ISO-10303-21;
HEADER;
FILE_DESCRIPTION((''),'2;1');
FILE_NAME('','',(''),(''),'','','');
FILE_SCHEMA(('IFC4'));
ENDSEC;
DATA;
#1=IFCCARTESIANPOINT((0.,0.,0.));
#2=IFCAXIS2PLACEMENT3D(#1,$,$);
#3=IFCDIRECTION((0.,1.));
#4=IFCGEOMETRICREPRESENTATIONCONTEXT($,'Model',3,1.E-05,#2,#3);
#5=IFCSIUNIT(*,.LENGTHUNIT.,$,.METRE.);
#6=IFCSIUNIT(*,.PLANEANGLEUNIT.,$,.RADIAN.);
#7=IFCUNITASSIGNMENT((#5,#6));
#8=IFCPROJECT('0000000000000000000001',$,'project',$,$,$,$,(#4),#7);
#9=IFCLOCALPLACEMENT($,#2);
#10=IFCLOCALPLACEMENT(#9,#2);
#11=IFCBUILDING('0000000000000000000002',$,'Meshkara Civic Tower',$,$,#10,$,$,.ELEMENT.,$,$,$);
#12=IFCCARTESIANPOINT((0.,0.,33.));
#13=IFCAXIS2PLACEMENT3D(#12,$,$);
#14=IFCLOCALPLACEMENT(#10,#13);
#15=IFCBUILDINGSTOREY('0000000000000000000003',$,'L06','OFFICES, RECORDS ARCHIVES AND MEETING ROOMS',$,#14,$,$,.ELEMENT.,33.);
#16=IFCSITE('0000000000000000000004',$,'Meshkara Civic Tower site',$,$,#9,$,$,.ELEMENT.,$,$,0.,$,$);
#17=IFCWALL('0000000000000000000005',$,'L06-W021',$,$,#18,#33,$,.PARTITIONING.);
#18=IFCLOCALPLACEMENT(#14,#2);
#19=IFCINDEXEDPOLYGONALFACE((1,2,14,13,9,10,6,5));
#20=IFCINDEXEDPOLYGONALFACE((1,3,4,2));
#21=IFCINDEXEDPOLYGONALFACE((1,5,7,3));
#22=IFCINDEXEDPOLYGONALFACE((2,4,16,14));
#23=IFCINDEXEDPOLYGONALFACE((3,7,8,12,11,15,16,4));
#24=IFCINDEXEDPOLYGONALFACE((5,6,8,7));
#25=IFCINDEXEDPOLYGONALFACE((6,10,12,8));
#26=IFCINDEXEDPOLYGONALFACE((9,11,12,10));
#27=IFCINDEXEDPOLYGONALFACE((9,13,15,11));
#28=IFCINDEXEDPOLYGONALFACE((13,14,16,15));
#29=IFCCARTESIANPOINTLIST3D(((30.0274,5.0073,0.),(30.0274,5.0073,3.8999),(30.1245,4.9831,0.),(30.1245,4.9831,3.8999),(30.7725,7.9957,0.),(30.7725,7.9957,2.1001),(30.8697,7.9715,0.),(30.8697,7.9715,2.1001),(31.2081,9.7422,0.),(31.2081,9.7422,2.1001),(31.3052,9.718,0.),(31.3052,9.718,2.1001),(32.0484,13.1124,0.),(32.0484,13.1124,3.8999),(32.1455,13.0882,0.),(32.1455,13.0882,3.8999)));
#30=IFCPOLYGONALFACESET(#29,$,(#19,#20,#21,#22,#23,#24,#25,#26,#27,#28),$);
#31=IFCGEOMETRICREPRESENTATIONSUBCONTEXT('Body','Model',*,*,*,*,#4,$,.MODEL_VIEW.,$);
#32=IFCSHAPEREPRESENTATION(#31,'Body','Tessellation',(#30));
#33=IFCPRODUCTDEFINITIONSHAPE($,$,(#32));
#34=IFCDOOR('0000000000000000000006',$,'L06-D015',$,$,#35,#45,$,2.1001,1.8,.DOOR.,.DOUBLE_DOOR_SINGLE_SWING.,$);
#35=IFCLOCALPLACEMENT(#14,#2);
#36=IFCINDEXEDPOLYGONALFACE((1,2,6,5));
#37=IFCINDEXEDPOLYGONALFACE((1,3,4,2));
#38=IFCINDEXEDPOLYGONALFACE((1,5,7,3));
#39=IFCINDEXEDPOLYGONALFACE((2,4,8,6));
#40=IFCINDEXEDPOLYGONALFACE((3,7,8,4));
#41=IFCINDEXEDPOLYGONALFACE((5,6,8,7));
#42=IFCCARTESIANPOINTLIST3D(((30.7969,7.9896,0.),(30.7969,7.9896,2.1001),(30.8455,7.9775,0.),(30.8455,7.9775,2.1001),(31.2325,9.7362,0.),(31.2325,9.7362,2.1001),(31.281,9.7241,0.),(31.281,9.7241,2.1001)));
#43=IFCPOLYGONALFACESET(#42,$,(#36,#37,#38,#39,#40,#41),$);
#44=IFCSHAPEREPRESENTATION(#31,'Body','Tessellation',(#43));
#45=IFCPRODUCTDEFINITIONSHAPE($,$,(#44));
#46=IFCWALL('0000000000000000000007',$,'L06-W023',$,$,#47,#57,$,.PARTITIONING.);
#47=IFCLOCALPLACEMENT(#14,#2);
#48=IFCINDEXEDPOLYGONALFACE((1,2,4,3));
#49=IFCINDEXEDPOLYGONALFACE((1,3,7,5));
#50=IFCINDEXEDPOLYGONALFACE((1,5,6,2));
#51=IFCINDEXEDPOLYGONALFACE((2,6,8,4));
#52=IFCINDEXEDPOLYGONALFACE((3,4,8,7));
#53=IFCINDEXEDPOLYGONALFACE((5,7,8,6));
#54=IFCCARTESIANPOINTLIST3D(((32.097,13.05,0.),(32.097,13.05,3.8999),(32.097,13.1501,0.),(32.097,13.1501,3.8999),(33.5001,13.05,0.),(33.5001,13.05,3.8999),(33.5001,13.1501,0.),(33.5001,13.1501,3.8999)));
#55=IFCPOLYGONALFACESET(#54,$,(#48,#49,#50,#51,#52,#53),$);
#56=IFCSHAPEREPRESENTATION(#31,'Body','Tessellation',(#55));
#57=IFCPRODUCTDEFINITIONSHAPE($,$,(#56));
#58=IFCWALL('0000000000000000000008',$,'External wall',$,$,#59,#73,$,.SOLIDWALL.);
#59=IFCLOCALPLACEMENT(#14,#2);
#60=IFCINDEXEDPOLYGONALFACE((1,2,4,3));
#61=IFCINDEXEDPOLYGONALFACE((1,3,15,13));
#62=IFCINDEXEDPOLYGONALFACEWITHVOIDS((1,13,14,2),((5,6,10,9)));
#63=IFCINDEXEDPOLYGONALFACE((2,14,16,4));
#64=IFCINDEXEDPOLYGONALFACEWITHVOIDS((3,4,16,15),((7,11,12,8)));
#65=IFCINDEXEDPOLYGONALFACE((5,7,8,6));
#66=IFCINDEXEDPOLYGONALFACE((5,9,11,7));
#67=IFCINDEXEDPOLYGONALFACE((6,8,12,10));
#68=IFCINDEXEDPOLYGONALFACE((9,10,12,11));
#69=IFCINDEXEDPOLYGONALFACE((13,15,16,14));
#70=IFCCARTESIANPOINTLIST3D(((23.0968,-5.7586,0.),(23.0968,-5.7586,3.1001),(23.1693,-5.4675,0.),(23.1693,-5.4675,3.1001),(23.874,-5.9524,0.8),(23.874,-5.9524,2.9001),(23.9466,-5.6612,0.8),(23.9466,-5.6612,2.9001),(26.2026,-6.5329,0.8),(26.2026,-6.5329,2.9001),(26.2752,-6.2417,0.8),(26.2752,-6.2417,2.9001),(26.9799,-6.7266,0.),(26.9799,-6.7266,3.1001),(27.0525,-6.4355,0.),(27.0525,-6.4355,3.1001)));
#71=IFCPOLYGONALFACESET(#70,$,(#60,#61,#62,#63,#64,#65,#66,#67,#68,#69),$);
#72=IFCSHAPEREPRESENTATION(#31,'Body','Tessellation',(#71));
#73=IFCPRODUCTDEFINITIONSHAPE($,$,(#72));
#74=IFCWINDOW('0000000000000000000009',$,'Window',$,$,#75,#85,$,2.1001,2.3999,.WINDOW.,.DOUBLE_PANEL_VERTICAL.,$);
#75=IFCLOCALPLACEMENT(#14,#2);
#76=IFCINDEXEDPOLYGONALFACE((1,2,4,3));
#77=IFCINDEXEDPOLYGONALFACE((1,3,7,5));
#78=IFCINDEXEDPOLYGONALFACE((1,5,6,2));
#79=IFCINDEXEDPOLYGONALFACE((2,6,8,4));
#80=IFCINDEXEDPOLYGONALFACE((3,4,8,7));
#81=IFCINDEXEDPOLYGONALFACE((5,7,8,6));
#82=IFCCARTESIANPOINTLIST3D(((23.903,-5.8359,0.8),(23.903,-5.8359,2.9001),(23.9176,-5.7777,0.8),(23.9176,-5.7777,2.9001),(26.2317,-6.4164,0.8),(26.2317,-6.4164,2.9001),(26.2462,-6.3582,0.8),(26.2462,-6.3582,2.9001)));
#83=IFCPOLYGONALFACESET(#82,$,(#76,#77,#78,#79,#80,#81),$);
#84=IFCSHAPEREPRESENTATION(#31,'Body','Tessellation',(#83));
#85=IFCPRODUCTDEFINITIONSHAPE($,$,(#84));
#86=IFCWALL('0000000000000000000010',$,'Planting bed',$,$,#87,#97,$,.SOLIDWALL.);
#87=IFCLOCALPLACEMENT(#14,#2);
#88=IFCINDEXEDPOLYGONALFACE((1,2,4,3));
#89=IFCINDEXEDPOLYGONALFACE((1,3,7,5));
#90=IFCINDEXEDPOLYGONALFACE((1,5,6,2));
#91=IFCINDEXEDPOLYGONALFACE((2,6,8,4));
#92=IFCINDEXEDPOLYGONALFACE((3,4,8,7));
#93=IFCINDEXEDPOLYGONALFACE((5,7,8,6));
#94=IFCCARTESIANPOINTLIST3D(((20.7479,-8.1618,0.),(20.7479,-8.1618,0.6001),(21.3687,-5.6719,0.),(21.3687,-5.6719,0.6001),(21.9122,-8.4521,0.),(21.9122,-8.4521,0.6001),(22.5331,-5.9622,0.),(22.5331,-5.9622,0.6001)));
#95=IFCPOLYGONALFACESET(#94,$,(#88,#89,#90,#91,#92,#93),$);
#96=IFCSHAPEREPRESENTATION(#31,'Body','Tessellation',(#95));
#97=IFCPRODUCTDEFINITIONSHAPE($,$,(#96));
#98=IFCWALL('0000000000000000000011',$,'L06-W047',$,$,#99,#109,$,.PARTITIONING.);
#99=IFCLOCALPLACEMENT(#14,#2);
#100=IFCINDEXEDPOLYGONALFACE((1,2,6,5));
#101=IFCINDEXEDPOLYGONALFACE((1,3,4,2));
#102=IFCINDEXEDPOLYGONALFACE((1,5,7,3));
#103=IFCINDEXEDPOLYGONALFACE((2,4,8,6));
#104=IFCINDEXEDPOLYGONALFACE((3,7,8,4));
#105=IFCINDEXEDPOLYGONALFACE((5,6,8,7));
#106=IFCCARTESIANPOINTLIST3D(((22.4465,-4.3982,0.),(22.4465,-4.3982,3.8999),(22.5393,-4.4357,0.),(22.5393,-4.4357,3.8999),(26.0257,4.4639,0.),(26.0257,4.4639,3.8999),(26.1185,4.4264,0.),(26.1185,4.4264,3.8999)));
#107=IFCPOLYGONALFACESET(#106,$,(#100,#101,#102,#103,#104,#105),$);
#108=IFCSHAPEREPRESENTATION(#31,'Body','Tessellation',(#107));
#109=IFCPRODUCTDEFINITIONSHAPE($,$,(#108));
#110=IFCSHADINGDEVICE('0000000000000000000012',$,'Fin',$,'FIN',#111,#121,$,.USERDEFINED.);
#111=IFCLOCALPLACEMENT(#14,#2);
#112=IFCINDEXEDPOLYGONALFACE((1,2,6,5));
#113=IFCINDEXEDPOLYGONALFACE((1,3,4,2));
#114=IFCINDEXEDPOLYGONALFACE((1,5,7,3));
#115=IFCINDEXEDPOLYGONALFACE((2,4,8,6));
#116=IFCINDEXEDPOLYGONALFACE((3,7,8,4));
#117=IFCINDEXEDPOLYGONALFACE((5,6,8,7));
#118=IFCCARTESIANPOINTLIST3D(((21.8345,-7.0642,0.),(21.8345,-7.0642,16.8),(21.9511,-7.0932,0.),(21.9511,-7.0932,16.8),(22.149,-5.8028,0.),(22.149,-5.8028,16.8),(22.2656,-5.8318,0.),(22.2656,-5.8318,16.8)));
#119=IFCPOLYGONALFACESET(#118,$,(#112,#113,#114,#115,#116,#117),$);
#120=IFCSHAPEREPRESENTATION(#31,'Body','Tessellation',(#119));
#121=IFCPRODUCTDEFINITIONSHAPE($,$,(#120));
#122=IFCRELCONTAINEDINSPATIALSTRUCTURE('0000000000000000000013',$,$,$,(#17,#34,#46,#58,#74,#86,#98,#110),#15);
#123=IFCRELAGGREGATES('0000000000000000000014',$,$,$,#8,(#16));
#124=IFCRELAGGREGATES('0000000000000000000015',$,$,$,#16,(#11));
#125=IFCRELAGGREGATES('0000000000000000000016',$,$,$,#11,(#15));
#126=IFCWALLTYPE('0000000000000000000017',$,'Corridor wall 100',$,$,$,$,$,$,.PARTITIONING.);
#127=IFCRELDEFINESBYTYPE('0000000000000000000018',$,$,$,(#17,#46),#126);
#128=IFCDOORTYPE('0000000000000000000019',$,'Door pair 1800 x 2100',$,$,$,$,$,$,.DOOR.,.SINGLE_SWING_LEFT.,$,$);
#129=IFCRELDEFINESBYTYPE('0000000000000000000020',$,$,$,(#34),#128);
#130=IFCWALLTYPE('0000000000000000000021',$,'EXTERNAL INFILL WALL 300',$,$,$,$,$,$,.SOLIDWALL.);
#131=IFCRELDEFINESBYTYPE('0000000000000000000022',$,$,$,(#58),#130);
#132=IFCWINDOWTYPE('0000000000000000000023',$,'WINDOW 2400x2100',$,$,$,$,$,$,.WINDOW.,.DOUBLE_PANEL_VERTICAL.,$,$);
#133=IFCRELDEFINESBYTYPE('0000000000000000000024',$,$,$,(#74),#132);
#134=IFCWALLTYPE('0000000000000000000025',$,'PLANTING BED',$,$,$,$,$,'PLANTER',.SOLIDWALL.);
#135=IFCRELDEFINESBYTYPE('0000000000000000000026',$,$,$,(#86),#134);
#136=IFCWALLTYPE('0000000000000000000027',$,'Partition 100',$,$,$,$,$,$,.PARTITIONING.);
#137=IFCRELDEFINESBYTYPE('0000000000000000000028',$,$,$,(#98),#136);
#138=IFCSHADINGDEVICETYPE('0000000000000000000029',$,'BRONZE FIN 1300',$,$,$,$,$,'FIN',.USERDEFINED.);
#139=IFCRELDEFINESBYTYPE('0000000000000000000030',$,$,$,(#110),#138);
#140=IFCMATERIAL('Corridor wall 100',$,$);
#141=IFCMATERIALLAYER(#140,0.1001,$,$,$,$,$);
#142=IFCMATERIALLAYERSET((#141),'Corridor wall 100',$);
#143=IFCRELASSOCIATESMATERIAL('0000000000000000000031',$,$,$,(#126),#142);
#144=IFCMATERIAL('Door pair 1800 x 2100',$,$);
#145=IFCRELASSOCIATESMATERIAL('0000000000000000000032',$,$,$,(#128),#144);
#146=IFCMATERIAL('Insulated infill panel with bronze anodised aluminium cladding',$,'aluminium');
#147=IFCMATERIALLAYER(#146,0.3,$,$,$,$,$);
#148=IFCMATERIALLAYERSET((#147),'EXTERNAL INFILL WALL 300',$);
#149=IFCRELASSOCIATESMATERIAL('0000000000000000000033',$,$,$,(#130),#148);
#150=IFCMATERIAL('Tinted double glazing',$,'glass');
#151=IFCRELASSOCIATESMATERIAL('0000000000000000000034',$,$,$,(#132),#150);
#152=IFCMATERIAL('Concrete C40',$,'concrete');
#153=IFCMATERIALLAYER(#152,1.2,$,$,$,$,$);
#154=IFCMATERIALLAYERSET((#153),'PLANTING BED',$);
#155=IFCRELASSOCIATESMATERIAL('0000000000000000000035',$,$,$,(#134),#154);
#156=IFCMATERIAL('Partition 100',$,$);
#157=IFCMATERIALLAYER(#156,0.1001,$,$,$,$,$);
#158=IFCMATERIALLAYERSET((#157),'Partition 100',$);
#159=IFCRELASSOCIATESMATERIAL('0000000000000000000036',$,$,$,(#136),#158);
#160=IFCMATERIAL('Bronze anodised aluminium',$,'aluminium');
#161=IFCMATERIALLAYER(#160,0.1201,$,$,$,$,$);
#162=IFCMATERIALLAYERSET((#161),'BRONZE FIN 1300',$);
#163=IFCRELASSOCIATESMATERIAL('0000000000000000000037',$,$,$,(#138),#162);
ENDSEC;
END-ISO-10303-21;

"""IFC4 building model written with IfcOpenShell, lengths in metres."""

from ifc_helpers import new_model, si_unit, direction, frame, frame_2d, origin, origin_2d, place, context, subcontext, project, spatial, rectangle, extrude, material, layer, layer_set, type_object, element, fill, save


model = new_model("IFC4")

# Units and contexts
model_context = context("Model", 3, precision=1e-05, world=origin(), true_north=direction((0.0, 1.0)))
body_context = subcontext(model_context, "Body", "Model", "MODEL_VIEW")
ifc_project = project(units=[si_unit("LENGTHUNIT", "METRE"), si_unit("PLANEANGLEUNIT", "RADIAN")], contexts=[model_context])

# Site, building, storey
site_placement = place(None, origin())
site = spatial("IfcSite", under=ifc_project, at=site_placement, Name="Meshkara Civic Tower site", CompositionType="ELEMENT", RefElevation=0.0)
building_placement = place(site_placement, origin())
building = spatial("IfcBuilding", under=site, at=building_placement, Name="Meshkara Civic Tower", CompositionType="ELEMENT")
storey_placement = place(building_placement, frame((0.0, 0.0, 33.0)))
storey = spatial("IfcBuildingStorey", under=building, at=storey_placement, Name="L06", Description="OFFICES, RECORDS ARCHIVES AND MEETING ROOMS", CompositionType="ELEMENT", Elevation=33.0)

# Shared definitions
ifc_material_1 = material(Name="Corridor wall 100")
ifc_layer_1 = layer(ifc_material_1, 0.1001)
ifc_layer_set_1 = layer_set([ifc_layer_1], Name="Corridor wall 100")
wall_type_1 = type_object("IfcWallType", Name="Corridor wall 100", PredefinedType="PARTITIONING", material=ifc_layer_set_1)
ifc_material_2 = material(Name="Door pair 1800 x 2100")
door_type_1 = type_object("IfcDoorType", Name="Door pair 1800 x 2100", OperationType="SINGLE_SWING_LEFT", PredefinedType="DOOR", material=ifc_material_2)

# Wall, opening, door
wall_1_placement = place(storey_placement, frame((30.0759, 4.9951, 0.0), z_axis=(0.0, 0.0, 1.0), x_axis=(0.241944, 0.97029, 0.0)))
wall_1 = element("IfcWall", 1, at=wall_1_placement, inside=storey, type_object=wall_type_1, Name="L06-W021", PredefinedType="PARTITIONING", context=body_context, shape_type="SweptSolid", body=[
    extrude(rectangle(XDim=8.3533, YDim=0.1001, at=frame_2d((4.1768, 0.0))), origin(), (0.0, 0.0, 1.0), 3.8999),
])
opening_1_placement = place(wall_1_placement, frame((3.0801, 0.0, 0.0)))
opening_1 = element("IfcOpeningElement", 2, at=opening_1_placement, cuts=wall_1, PredefinedType="OPENING", context=body_context, shape_type="SweptSolid", body=[
    extrude(rectangle(XDim=1.8, YDim=2.1001, at=frame_2d((0.8999, 1.05))), frame((0.0, 0.0601, 0.0), z_axis=(0.0, -1.0, 0.0), x_axis=(1.0, 0.0, 0.0)), (0.0, 0.0, 1.0), 0.1201),
])
door_1_placement = place(opening_1_placement, origin())
door_1 = element("IfcDoor", 3, at=door_1_placement, inside=storey, type_object=door_type_1, Name="L06-D015", OperationType="DOUBLE_DOOR_SINGLE_SWING", OverallHeight=2.1001, OverallWidth=1.8, PredefinedType="DOOR", context=body_context, shape_type="SweptSolid", body=[
    extrude(rectangle(XDim=1.8, YDim=2.1001, at=frame_2d((0.8999, 1.05))), frame((0.0, 0.0249, 0.0), z_axis=(0.0, -1.0, 0.0), x_axis=(1.0, 0.0, 0.0)), (0.0, 0.0, 1.0), 0.05),
])
fill(opening_1, door_1)

# Wall
wall_2_placement = place(storey_placement, frame((32.0969, 13.1001, 0.0), z_axis=(0.0, 0.0, 1.0), x_axis=(1.0, 0.0, 0.0)))
element("IfcWall", 4, at=wall_2_placement, inside=storey, type_object=wall_type_1, Name="L06-W023", PredefinedType="PARTITIONING", context=body_context, shape_type="SweptSolid", body=[
    extrude(rectangle(XDim=1.4031, YDim=0.1001, at=frame_2d((0.7017, 0.0))), origin(), (0.0, 0.0, 1.0), 3.8999),
])

# Wall, opening, window
ifc_material_3 = material(Name="Insulated infill panel with bronze anodised aluminium cladding", Category="aluminium")
ifc_layer_2 = layer(ifc_material_3, 0.3)
ifc_layer_set_2 = layer_set([ifc_layer_2], Name="EXTERNAL INFILL WALL 300")
wall_type_2 = type_object("IfcWallType", Name="EXTERNAL INFILL WALL 300", PredefinedType="SOLIDWALL", material=ifc_layer_set_2)
wall_3_placement = place(storey_placement, frame((23.1331, -5.613, 0.0), z_axis=(0.0, 0.0, 1.0), x_axis=(0.970304, -0.24189, 0.0)))
wall_3 = element("IfcWall", 5, at=wall_3_placement, inside=storey, type_object=wall_type_2, Name="External wall", PredefinedType="SOLIDWALL", context=body_context, shape_type="SweptSolid", body=[
    extrude(rectangle(XDim=4.002, YDim=0.3, at=frame_2d((2.001, 0.0))), origin(), (0.0, 0.0, 1.0), 3.1001),
])
opening_2_placement = place(wall_3_placement, frame((0.801, 0.0, 0.8)))
opening_2 = element("IfcOpeningElement", 6, at=opening_2_placement, cuts=wall_3, PredefinedType="OPENING", context=body_context, shape_type="SweptSolid", body=[
    extrude(rectangle(XDim=2.3999, YDim=2.1001, at=frame_2d((1.2, 1.05))), frame((0.0, 0.1599, 0.0), z_axis=(0.0, -1.0, 0.0), x_axis=(1.0, 0.0, 0.0)), (0.0, 0.0, 1.0), 0.3201),
])
ifc_material_4 = material(Name="Tinted double glazing", Category="glass")
window_type = type_object("IfcWindowType", Name="WINDOW 2400x2100", PartitioningType="DOUBLE_PANEL_VERTICAL", PredefinedType="WINDOW", material=ifc_material_4)
window_placement = place(opening_2_placement, origin())
window = element("IfcWindow", 7, at=window_placement, inside=storey, type_object=window_type, Name="Window", OverallHeight=2.1001, OverallWidth=2.3999, PartitioningType="DOUBLE_PANEL_VERTICAL", PredefinedType="WINDOW", context=body_context, shape_type="SweptSolid", body=[
    extrude(rectangle(XDim=2.3999, YDim=2.1001, at=frame_2d((1.2, 1.05))), frame((0.0, 0.03, 0.0), z_axis=(0.0, -1.0, 0.0), x_axis=(1.0, 0.0, 0.0)), (0.0, 0.0, 1.0), 0.0601),
])
fill(opening_2, window)

# Walls
ifc_material_5 = material(Name="Concrete C40", Category="concrete")
ifc_layer_3 = layer(ifc_material_5, 1.2)
ifc_layer_set_3 = layer_set([ifc_layer_3], Name="PLANTING BED")
wall_type_3 = type_object("IfcWallType", Name="PLANTING BED", ElementType="PLANTER", PredefinedType="SOLIDWALL", material=ifc_layer_set_3)
wall_4_placement = place(storey_placement, frame((21.9509, -5.8169, 0.0), z_axis=(0.0, 0.0, 1.0), x_axis=(-0.241931, -0.970293, 0.0)))
element("IfcWall", 8, at=wall_4_placement, inside=storey, type_object=wall_type_3, Name="Planting bed", PredefinedType="SOLIDWALL", context=body_context, shape_type="SweptSolid", body=[
    extrude(rectangle(XDim=2.5662, YDim=1.2, at=frame_2d((1.2832, 0.0))), origin(), (0.0, 0.0, 1.0), 0.6001),
])
ifc_material_6 = material(Name="Partition 100")
ifc_layer_4 = layer(ifc_material_6, 0.1001)
ifc_layer_set_4 = layer_set([ifc_layer_4], Name="Partition 100")
wall_type_4 = type_object("IfcWallType", Name="Partition 100", PredefinedType="PARTITIONING", material=ifc_layer_set_4)
wall_5_placement = place(storey_placement, frame((22.4929, -4.417, 0.0), z_axis=(0.0, 0.0, 1.0), x_axis=(0.37448, 0.927235, 0.0)))
element("IfcWall", 9, at=wall_5_placement, inside=storey, type_object=wall_type_4, Name="L06-W047", PredefinedType="PARTITIONING", context=body_context, shape_type="SweptSolid", body=[
    extrude(rectangle(XDim=9.5576, YDim=0.1001, at=frame_2d((4.7788, 0.0))), origin(), (0.0, 0.0, 1.0), 3.8999),
])

# Shading device
ifc_material_7 = material(Name="Bronze anodised aluminium", Category="aluminium")
ifc_layer_5 = layer(ifc_material_7, 0.1201)
ifc_layer_set_5 = layer_set([ifc_layer_5], Name="BRONZE FIN 1300")
shading_device_type = type_object("IfcShadingDeviceType", Name="BRONZE FIN 1300", ElementType="FIN", PredefinedType="USERDEFINED", material=ifc_layer_set_5)
shading_device_placement = place(storey_placement, frame((22.05, -6.448, 0.0), z_axis=(0.0, 0.0, 1.0), x_axis=(0.970296, -0.241922, 0.0)))
element("IfcShadingDevice", 10, at=shading_device_placement, inside=storey, type_object=shading_device_type, Name="Fin", ObjectType="FIN", PredefinedType="USERDEFINED", context=body_context, shape_type="SweptSolid", body=[
    extrude(rectangle(XDim=0.1201, YDim=1.3, at=origin_2d()), origin(), (0.0, 0.0, 1.0), 16.8),
])

save(model, "model.ifc")
